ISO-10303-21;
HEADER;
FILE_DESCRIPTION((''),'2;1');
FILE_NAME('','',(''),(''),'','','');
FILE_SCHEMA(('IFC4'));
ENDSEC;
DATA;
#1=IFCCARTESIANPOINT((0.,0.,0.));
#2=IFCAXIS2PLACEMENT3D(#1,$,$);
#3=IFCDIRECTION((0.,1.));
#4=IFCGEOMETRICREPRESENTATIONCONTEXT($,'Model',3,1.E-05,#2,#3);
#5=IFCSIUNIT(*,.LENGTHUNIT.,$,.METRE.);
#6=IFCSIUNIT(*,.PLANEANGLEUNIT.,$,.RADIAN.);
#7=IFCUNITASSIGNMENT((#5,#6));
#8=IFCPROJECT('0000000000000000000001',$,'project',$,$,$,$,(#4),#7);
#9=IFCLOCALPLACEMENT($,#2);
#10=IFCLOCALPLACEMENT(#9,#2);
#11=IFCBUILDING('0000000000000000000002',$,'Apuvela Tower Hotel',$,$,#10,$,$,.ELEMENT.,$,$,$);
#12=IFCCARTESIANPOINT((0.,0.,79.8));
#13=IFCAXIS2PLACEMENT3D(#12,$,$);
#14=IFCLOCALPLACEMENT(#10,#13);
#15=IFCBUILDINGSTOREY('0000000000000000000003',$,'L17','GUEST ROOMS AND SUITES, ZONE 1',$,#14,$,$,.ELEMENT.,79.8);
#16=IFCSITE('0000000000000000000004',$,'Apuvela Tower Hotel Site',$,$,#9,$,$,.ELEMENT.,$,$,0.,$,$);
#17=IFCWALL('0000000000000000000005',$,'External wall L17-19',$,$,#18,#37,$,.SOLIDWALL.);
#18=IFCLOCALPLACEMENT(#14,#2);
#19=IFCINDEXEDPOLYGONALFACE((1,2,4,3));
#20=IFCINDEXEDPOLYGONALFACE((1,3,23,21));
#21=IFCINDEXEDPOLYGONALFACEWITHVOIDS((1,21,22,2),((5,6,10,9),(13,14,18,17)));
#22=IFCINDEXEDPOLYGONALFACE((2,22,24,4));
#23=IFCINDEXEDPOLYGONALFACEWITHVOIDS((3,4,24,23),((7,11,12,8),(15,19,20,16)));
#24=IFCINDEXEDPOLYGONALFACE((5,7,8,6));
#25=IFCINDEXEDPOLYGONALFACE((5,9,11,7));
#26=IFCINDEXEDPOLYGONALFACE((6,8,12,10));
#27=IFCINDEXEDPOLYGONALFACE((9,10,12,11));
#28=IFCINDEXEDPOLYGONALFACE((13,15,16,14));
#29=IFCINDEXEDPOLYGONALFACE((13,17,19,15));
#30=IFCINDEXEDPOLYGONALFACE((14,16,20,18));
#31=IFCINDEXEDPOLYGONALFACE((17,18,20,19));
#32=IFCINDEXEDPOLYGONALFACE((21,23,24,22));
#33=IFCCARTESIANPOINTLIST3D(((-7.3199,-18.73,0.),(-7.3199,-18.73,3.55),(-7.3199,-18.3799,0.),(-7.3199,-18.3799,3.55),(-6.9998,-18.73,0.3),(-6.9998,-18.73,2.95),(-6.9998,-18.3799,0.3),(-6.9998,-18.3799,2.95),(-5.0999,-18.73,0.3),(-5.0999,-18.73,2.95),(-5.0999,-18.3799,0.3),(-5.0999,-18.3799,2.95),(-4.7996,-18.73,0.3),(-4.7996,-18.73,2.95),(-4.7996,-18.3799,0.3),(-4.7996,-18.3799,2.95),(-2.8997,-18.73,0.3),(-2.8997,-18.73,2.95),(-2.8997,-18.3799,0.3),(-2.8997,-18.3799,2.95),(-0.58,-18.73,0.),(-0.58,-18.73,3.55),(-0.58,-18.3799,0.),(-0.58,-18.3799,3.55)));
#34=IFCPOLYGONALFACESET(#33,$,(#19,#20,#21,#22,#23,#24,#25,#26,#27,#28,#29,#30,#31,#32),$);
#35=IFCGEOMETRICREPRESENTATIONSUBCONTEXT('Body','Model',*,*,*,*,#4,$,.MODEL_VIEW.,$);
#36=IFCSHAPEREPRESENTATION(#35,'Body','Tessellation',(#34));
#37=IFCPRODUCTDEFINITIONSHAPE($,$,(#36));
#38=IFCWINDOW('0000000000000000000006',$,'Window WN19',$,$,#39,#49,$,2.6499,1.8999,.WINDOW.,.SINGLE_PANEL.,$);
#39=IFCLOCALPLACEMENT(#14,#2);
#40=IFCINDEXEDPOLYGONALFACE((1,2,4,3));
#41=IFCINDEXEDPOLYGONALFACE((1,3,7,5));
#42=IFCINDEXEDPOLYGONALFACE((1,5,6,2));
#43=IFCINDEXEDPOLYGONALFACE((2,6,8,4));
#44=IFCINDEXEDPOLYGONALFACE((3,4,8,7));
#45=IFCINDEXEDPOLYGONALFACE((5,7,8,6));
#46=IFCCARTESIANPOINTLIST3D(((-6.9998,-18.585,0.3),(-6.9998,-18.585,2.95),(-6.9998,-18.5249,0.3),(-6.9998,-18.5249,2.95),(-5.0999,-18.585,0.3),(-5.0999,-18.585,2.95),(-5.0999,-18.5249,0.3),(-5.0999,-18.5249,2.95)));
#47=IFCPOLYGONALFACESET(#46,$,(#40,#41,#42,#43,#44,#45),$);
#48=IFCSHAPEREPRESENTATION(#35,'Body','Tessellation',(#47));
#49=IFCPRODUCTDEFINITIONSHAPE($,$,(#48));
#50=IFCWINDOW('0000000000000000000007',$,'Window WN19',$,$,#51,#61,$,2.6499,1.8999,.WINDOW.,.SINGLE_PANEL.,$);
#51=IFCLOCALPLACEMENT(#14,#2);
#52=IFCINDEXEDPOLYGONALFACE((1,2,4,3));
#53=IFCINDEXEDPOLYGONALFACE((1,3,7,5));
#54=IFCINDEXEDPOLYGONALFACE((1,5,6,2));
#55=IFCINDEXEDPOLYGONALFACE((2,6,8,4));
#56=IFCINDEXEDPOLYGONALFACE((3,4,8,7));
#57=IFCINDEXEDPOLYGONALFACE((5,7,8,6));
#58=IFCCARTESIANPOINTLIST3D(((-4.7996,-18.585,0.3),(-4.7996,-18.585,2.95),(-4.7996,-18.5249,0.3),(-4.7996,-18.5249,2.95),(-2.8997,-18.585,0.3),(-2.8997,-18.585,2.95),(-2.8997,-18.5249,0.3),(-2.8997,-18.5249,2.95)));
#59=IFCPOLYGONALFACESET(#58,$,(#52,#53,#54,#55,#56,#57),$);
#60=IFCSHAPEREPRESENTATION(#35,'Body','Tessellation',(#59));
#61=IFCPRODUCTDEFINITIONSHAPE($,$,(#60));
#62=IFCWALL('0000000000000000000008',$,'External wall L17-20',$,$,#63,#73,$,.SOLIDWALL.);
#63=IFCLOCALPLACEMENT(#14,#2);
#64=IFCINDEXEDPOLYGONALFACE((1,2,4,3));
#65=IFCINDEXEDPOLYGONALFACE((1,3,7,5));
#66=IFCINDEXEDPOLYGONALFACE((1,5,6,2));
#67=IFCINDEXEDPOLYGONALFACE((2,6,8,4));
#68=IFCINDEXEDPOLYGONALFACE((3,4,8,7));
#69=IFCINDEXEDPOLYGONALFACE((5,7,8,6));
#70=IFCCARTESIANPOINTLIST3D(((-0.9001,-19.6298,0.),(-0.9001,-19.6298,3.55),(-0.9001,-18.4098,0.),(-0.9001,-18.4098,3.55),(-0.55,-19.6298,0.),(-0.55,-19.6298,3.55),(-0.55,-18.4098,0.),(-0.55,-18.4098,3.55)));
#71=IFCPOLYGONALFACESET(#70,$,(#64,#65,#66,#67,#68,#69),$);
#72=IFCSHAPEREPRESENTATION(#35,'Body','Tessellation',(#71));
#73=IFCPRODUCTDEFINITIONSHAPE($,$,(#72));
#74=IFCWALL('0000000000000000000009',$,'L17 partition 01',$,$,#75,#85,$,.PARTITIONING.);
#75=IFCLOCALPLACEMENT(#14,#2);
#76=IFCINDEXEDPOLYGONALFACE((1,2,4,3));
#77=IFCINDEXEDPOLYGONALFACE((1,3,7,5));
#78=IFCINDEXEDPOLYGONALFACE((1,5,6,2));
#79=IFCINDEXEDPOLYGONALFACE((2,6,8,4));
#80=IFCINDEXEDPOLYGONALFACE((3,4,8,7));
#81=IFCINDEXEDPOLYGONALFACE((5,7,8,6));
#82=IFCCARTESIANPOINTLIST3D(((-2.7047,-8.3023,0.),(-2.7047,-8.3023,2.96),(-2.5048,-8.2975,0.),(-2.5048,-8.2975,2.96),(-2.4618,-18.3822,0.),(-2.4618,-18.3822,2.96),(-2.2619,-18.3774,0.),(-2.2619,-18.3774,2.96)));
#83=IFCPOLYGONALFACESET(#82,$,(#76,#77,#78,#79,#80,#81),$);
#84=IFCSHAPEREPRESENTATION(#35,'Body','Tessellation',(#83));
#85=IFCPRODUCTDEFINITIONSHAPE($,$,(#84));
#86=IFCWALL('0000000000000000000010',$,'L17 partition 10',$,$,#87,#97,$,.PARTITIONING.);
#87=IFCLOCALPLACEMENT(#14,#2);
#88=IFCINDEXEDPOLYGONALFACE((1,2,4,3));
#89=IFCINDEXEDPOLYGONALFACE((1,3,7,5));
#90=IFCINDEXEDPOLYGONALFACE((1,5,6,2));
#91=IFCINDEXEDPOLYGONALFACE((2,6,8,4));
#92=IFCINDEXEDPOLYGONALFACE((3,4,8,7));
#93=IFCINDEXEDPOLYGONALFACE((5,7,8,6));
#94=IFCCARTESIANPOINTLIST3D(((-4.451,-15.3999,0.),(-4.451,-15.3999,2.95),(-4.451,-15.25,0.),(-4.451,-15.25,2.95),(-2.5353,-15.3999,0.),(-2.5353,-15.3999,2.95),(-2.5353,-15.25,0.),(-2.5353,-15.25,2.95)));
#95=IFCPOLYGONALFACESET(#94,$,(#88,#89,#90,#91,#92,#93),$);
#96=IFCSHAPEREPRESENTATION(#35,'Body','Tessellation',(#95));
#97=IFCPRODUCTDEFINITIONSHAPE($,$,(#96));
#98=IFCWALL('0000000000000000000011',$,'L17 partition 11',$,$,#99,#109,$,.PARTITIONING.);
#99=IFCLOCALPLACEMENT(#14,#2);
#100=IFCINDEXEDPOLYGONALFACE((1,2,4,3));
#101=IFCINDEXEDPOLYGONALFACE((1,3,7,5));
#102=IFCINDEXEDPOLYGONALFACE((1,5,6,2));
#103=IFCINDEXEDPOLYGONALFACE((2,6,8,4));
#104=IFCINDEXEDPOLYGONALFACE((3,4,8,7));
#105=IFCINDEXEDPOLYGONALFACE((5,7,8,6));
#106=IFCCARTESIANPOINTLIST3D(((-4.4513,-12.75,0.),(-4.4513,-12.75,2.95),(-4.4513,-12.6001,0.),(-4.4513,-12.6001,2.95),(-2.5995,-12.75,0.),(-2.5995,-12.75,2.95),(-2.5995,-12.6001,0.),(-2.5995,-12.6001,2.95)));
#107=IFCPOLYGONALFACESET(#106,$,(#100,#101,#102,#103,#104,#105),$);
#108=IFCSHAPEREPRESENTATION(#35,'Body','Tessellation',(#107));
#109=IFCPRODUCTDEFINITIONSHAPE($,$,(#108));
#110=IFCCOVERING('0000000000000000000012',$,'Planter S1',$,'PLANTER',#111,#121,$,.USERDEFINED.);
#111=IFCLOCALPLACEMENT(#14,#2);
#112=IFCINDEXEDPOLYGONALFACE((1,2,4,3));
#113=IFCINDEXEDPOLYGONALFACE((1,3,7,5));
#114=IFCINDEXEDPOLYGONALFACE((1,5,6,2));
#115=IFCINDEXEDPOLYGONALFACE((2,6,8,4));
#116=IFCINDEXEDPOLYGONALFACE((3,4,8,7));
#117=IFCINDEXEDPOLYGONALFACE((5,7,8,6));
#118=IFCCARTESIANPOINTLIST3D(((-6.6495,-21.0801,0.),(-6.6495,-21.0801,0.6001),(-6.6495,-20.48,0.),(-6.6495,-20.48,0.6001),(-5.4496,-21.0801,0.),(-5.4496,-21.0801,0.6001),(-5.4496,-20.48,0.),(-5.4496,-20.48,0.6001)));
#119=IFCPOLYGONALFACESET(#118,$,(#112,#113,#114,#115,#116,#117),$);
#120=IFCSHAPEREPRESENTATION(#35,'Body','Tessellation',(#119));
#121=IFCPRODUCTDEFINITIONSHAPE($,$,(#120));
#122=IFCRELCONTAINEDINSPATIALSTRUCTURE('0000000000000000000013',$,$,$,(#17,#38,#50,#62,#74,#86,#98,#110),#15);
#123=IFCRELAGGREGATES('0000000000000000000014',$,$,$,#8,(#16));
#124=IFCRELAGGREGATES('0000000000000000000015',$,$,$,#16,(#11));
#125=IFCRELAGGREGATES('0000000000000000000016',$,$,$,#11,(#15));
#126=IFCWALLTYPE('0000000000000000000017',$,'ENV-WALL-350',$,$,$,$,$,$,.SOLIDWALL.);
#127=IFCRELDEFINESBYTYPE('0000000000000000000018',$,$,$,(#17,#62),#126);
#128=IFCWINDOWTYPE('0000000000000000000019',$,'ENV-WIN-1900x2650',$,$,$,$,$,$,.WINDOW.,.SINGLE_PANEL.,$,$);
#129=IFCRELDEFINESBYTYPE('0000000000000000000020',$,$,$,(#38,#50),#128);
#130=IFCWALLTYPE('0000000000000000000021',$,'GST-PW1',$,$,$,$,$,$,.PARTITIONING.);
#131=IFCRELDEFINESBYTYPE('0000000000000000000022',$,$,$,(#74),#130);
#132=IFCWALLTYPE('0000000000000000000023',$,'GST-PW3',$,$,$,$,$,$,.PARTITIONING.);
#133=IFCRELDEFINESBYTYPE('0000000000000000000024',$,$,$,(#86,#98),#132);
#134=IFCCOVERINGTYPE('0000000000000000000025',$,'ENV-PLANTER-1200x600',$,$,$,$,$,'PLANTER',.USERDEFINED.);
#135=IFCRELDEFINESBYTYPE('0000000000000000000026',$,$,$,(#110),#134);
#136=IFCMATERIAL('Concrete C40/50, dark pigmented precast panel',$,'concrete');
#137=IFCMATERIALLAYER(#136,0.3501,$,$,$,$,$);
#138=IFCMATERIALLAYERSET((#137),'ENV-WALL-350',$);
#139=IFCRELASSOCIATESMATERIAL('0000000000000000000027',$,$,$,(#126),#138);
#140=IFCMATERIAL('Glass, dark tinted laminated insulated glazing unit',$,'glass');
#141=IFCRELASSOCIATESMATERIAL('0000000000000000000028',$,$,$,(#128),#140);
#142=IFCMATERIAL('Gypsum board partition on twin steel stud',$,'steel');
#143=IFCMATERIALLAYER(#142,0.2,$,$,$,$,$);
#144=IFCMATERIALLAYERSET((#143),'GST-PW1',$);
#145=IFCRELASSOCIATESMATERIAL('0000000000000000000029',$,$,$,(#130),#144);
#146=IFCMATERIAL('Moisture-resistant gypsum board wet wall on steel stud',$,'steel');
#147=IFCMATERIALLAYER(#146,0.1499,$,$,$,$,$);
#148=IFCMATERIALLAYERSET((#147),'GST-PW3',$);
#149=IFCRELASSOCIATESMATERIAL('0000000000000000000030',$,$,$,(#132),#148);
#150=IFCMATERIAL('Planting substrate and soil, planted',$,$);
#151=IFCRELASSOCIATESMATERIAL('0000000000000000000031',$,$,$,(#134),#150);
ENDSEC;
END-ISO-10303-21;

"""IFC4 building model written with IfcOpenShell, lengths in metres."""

from ifc_helpers import new_model, si_unit, direction, frame, frame_2d, origin, origin_2d, place, context, subcontext, project, spatial, rectangle, extrude, material, layer, layer_set, type_object, element, fill, save


model = new_model("IFC4")

# Units and contexts
model_context = context("Model", 3, precision=1e-05, world=origin(), true_north=direction((0.0, 1.0)))
body_context = subcontext(model_context, "Body", "Model", "MODEL_VIEW")
ifc_project = project(units=[si_unit("LENGTHUNIT", "METRE"), si_unit("PLANEANGLEUNIT", "RADIAN")], contexts=[model_context])

# Site, building, storey
site_placement = place(None, origin())
site = spatial("IfcSite", under=ifc_project, at=site_placement, Name="Apuvela Tower Hotel Site", CompositionType="ELEMENT", RefElevation=0.0)
building_placement = place(site_placement, origin())
building = spatial("IfcBuilding", under=site, at=building_placement, Name="Apuvela Tower Hotel", CompositionType="ELEMENT")
storey_placement = place(building_placement, frame((0.0, 0.0, 79.8)))
storey = spatial("IfcBuildingStorey", under=building, at=storey_placement, Name="L17", Description="GUEST ROOMS AND SUITES, ZONE 1", CompositionType="ELEMENT", Elevation=79.8)

# Shared definitions
ifc_material_1 = material(Name="Concrete C40/50, dark pigmented precast panel", Category="concrete")
ifc_layer_1 = layer(ifc_material_1, 0.3501)
ifc_layer_set_1 = layer_set([ifc_layer_1], Name="ENV-WALL-350")
wall_type_1 = type_object("IfcWallType", Name="ENV-WALL-350", PredefinedType="SOLIDWALL", material=ifc_layer_set_1)

# Wall, openings, windows
wall_1_placement = place(storey_placement, frame((-7.3201, -18.5549, 0.0), z_axis=(0.0, 0.0, 1.0), x_axis=(1.0, 0.0, 0.0)))
wall_1 = element("IfcWall", 1, at=wall_1_placement, inside=storey, type_object=wall_type_1, Name="External wall L17-19", PredefinedType="SOLIDWALL", context=body_context, shape_type="SweptSolid", body=[
    extrude(rectangle(XDim=6.74, YDim=0.3501, at=frame_2d((3.3701, 0.0))), origin(), (0.0, 0.0, 1.0), 3.55),
])
opening_1_placement = place(wall_1_placement, frame((0.3203, 0.0, 0.3)))
opening_1 = element("IfcOpeningElement", 2, at=opening_1_placement, cuts=wall_1, PredefinedType="OPENING", context=body_context, shape_type="SweptSolid", body=[
    extrude(rectangle(XDim=1.8999, YDim=2.6499, at=frame_2d((0.95, 1.325))), frame((0.0, 0.1851, 0.0), z_axis=(0.0, -1.0, 0.0), x_axis=(1.0, 0.0, 0.0)), (0.0, 0.0, 1.0), 0.3701),
])
opening_2_placement = place(wall_1_placement, frame((2.5205, 0.0, 0.3)))
opening_2 = element("IfcOpeningElement", 3, at=opening_2_placement, cuts=wall_1, PredefinedType="OPENING", context=body_context, shape_type="SweptSolid", body=[
    extrude(rectangle(XDim=1.8999, YDim=2.6499, at=frame_2d((0.95, 1.325))), frame((0.0, 0.1851, 0.0), z_axis=(0.0, -1.0, 0.0), x_axis=(1.0, 0.0, 0.0)), (0.0, 0.0, 1.0), 0.3701),
])
ifc_material_2 = material(Name="Glass, dark tinted laminated insulated glazing unit", Category="glass")
window_type_1 = type_object("IfcWindowType", Name="ENV-WIN-1900x2650", PartitioningType="SINGLE_PANEL", PredefinedType="WINDOW", material=ifc_material_2)
window_1_placement = place(opening_1_placement, origin())
window_1 = element("IfcWindow", 4, at=window_1_placement, inside=storey, type_object=window_type_1, Name="Window WN19", OverallHeight=2.6499, OverallWidth=1.8999, PartitioningType="SINGLE_PANEL", PredefinedType="WINDOW", context=body_context, shape_type="SweptSolid", body=[
    extrude(rectangle(XDim=1.8999, YDim=2.6499, at=frame_2d((0.95, 1.325))), frame((0.0, 0.03, 0.0), z_axis=(0.0, -1.0, 0.0), x_axis=(1.0, 0.0, 0.0)), (0.0, 0.0, 1.0), 0.0601),
])
fill(opening_1, window_1)
window_2_placement = place(opening_2_placement, origin())
window_2 = element("IfcWindow", 5, at=window_2_placement, inside=storey, type_object=window_type_1, Name="Window WN19", OverallHeight=2.6499, OverallWidth=1.8999, PartitioningType="SINGLE_PANEL", PredefinedType="WINDOW", context=body_context, shape_type="SweptSolid", body=[
    extrude(rectangle(XDim=1.8999, YDim=2.6499, at=frame_2d((0.95, 1.325))), frame((0.0, 0.03, 0.0), z_axis=(0.0, -1.0, 0.0), x_axis=(1.0, 0.0, 0.0)), (0.0, 0.0, 1.0), 0.0601),
])
fill(opening_2, window_2)

# Wall
wall_2_placement = place(storey_placement, frame((-0.7251, -18.4099, 0.0), z_axis=(0.0, 0.0, 1.0), x_axis=(0.0, -1.0, 0.0)))
element("IfcWall", 6, at=wall_2_placement, inside=storey, type_object=wall_type_1, Name="External wall L17-20", PredefinedType="SOLIDWALL", context=body_context, shape_type="SweptSolid", body=[
    extrude(rectangle(XDim=1.22, YDim=0.3501, at=frame_2d((0.6099, 0.0))), origin(), (0.0, 0.0, 1.0), 3.55),
])

# Walls
ifc_material_3 = material(Name="Gypsum board partition on twin steel stud", Category="steel")
ifc_layer_2 = layer(ifc_material_3, 0.2)
ifc_layer_set_2 = layer_set([ifc_layer_2], Name="GST-PW1")
wall_type_2 = type_object("IfcWallType", Name="GST-PW1", PredefinedType="PARTITIONING", material=ifc_layer_set_2)
wall_3_placement = place(storey_placement, frame((-2.3618, -18.3799, 0.0), z_axis=(0.0, 0.0, 1.0), x_axis=(-0.024093, 0.99971, 0.0)))
element("IfcWall", 7, at=wall_3_placement, inside=storey, type_object=wall_type_2, Name="L17 partition 01", PredefinedType="PARTITIONING", context=body_context, shape_type="SweptSolid", body=[
    extrude(rectangle(XDim=10.0828, YDim=0.2, at=frame_2d((5.0415, 0.0))), origin(), (0.0, 0.0, 1.0), 2.96),
])
ifc_material_4 = material(Name="Moisture-resistant gypsum board wet wall on steel stud", Category="steel")
ifc_layer_3 = layer(ifc_material_4, 0.1499)
ifc_layer_set_3 = layer_set([ifc_layer_3], Name="GST-PW3")
wall_type_3 = type_object("IfcWallType", Name="GST-PW3", PredefinedType="PARTITIONING", material=ifc_layer_set_3)
wall_4_placement = place(storey_placement, frame((-4.4512, -15.325, 0.0), z_axis=(0.0, 0.0, 1.0), x_axis=(1.0, 0.0, 0.0)))
element("IfcWall", 8, at=wall_4_placement, inside=storey, type_object=wall_type_3, Name="L17 partition 10", PredefinedType="PARTITIONING", context=body_context, shape_type="SweptSolid", body=[
    extrude(rectangle(XDim=1.9158, YDim=0.1499, at=frame_2d((0.958, 0.0))), origin(), (0.0, 0.0, 1.0), 2.95),
])
wall_5_placement = place(storey_placement, frame((-4.4512, -12.675, 0.0), z_axis=(0.0, 0.0, 1.0), x_axis=(1.0, 0.0, 0.0)))
element("IfcWall", 9, at=wall_5_placement, inside=storey, type_object=wall_type_3, Name="L17 partition 11", PredefinedType="PARTITIONING", context=body_context, shape_type="SweptSolid", body=[
    extrude(rectangle(XDim=1.8518, YDim=0.1499, at=frame_2d((0.9258, 0.0))), origin(), (0.0, 0.0, 1.0), 2.95),
])

# Covering
ifc_material_5 = material(Name="Planting substrate and soil, planted")
covering_type = type_object("IfcCoveringType", Name="ENV-PLANTER-1200x600", ElementType="PLANTER", PredefinedType="USERDEFINED", material=ifc_material_5)
covering_placement = place(storey_placement, frame((-6.0496, -20.78, 0.0), z_axis=(0.0, 0.0, 1.0), x_axis=(1.0, 0.0, 0.0)))
element("IfcCovering", 10, at=covering_placement, inside=storey, type_object=covering_type, Name="Planter S1", ObjectType="PLANTER", PredefinedType="USERDEFINED", context=body_context, shape_type="SweptSolid", body=[
    extrude(rectangle(XDim=1.2, YDim=0.6001, at=origin_2d()), origin(), (0.0, 0.0, 1.0), 0.6001),
])

save(model, "model.ifc")
